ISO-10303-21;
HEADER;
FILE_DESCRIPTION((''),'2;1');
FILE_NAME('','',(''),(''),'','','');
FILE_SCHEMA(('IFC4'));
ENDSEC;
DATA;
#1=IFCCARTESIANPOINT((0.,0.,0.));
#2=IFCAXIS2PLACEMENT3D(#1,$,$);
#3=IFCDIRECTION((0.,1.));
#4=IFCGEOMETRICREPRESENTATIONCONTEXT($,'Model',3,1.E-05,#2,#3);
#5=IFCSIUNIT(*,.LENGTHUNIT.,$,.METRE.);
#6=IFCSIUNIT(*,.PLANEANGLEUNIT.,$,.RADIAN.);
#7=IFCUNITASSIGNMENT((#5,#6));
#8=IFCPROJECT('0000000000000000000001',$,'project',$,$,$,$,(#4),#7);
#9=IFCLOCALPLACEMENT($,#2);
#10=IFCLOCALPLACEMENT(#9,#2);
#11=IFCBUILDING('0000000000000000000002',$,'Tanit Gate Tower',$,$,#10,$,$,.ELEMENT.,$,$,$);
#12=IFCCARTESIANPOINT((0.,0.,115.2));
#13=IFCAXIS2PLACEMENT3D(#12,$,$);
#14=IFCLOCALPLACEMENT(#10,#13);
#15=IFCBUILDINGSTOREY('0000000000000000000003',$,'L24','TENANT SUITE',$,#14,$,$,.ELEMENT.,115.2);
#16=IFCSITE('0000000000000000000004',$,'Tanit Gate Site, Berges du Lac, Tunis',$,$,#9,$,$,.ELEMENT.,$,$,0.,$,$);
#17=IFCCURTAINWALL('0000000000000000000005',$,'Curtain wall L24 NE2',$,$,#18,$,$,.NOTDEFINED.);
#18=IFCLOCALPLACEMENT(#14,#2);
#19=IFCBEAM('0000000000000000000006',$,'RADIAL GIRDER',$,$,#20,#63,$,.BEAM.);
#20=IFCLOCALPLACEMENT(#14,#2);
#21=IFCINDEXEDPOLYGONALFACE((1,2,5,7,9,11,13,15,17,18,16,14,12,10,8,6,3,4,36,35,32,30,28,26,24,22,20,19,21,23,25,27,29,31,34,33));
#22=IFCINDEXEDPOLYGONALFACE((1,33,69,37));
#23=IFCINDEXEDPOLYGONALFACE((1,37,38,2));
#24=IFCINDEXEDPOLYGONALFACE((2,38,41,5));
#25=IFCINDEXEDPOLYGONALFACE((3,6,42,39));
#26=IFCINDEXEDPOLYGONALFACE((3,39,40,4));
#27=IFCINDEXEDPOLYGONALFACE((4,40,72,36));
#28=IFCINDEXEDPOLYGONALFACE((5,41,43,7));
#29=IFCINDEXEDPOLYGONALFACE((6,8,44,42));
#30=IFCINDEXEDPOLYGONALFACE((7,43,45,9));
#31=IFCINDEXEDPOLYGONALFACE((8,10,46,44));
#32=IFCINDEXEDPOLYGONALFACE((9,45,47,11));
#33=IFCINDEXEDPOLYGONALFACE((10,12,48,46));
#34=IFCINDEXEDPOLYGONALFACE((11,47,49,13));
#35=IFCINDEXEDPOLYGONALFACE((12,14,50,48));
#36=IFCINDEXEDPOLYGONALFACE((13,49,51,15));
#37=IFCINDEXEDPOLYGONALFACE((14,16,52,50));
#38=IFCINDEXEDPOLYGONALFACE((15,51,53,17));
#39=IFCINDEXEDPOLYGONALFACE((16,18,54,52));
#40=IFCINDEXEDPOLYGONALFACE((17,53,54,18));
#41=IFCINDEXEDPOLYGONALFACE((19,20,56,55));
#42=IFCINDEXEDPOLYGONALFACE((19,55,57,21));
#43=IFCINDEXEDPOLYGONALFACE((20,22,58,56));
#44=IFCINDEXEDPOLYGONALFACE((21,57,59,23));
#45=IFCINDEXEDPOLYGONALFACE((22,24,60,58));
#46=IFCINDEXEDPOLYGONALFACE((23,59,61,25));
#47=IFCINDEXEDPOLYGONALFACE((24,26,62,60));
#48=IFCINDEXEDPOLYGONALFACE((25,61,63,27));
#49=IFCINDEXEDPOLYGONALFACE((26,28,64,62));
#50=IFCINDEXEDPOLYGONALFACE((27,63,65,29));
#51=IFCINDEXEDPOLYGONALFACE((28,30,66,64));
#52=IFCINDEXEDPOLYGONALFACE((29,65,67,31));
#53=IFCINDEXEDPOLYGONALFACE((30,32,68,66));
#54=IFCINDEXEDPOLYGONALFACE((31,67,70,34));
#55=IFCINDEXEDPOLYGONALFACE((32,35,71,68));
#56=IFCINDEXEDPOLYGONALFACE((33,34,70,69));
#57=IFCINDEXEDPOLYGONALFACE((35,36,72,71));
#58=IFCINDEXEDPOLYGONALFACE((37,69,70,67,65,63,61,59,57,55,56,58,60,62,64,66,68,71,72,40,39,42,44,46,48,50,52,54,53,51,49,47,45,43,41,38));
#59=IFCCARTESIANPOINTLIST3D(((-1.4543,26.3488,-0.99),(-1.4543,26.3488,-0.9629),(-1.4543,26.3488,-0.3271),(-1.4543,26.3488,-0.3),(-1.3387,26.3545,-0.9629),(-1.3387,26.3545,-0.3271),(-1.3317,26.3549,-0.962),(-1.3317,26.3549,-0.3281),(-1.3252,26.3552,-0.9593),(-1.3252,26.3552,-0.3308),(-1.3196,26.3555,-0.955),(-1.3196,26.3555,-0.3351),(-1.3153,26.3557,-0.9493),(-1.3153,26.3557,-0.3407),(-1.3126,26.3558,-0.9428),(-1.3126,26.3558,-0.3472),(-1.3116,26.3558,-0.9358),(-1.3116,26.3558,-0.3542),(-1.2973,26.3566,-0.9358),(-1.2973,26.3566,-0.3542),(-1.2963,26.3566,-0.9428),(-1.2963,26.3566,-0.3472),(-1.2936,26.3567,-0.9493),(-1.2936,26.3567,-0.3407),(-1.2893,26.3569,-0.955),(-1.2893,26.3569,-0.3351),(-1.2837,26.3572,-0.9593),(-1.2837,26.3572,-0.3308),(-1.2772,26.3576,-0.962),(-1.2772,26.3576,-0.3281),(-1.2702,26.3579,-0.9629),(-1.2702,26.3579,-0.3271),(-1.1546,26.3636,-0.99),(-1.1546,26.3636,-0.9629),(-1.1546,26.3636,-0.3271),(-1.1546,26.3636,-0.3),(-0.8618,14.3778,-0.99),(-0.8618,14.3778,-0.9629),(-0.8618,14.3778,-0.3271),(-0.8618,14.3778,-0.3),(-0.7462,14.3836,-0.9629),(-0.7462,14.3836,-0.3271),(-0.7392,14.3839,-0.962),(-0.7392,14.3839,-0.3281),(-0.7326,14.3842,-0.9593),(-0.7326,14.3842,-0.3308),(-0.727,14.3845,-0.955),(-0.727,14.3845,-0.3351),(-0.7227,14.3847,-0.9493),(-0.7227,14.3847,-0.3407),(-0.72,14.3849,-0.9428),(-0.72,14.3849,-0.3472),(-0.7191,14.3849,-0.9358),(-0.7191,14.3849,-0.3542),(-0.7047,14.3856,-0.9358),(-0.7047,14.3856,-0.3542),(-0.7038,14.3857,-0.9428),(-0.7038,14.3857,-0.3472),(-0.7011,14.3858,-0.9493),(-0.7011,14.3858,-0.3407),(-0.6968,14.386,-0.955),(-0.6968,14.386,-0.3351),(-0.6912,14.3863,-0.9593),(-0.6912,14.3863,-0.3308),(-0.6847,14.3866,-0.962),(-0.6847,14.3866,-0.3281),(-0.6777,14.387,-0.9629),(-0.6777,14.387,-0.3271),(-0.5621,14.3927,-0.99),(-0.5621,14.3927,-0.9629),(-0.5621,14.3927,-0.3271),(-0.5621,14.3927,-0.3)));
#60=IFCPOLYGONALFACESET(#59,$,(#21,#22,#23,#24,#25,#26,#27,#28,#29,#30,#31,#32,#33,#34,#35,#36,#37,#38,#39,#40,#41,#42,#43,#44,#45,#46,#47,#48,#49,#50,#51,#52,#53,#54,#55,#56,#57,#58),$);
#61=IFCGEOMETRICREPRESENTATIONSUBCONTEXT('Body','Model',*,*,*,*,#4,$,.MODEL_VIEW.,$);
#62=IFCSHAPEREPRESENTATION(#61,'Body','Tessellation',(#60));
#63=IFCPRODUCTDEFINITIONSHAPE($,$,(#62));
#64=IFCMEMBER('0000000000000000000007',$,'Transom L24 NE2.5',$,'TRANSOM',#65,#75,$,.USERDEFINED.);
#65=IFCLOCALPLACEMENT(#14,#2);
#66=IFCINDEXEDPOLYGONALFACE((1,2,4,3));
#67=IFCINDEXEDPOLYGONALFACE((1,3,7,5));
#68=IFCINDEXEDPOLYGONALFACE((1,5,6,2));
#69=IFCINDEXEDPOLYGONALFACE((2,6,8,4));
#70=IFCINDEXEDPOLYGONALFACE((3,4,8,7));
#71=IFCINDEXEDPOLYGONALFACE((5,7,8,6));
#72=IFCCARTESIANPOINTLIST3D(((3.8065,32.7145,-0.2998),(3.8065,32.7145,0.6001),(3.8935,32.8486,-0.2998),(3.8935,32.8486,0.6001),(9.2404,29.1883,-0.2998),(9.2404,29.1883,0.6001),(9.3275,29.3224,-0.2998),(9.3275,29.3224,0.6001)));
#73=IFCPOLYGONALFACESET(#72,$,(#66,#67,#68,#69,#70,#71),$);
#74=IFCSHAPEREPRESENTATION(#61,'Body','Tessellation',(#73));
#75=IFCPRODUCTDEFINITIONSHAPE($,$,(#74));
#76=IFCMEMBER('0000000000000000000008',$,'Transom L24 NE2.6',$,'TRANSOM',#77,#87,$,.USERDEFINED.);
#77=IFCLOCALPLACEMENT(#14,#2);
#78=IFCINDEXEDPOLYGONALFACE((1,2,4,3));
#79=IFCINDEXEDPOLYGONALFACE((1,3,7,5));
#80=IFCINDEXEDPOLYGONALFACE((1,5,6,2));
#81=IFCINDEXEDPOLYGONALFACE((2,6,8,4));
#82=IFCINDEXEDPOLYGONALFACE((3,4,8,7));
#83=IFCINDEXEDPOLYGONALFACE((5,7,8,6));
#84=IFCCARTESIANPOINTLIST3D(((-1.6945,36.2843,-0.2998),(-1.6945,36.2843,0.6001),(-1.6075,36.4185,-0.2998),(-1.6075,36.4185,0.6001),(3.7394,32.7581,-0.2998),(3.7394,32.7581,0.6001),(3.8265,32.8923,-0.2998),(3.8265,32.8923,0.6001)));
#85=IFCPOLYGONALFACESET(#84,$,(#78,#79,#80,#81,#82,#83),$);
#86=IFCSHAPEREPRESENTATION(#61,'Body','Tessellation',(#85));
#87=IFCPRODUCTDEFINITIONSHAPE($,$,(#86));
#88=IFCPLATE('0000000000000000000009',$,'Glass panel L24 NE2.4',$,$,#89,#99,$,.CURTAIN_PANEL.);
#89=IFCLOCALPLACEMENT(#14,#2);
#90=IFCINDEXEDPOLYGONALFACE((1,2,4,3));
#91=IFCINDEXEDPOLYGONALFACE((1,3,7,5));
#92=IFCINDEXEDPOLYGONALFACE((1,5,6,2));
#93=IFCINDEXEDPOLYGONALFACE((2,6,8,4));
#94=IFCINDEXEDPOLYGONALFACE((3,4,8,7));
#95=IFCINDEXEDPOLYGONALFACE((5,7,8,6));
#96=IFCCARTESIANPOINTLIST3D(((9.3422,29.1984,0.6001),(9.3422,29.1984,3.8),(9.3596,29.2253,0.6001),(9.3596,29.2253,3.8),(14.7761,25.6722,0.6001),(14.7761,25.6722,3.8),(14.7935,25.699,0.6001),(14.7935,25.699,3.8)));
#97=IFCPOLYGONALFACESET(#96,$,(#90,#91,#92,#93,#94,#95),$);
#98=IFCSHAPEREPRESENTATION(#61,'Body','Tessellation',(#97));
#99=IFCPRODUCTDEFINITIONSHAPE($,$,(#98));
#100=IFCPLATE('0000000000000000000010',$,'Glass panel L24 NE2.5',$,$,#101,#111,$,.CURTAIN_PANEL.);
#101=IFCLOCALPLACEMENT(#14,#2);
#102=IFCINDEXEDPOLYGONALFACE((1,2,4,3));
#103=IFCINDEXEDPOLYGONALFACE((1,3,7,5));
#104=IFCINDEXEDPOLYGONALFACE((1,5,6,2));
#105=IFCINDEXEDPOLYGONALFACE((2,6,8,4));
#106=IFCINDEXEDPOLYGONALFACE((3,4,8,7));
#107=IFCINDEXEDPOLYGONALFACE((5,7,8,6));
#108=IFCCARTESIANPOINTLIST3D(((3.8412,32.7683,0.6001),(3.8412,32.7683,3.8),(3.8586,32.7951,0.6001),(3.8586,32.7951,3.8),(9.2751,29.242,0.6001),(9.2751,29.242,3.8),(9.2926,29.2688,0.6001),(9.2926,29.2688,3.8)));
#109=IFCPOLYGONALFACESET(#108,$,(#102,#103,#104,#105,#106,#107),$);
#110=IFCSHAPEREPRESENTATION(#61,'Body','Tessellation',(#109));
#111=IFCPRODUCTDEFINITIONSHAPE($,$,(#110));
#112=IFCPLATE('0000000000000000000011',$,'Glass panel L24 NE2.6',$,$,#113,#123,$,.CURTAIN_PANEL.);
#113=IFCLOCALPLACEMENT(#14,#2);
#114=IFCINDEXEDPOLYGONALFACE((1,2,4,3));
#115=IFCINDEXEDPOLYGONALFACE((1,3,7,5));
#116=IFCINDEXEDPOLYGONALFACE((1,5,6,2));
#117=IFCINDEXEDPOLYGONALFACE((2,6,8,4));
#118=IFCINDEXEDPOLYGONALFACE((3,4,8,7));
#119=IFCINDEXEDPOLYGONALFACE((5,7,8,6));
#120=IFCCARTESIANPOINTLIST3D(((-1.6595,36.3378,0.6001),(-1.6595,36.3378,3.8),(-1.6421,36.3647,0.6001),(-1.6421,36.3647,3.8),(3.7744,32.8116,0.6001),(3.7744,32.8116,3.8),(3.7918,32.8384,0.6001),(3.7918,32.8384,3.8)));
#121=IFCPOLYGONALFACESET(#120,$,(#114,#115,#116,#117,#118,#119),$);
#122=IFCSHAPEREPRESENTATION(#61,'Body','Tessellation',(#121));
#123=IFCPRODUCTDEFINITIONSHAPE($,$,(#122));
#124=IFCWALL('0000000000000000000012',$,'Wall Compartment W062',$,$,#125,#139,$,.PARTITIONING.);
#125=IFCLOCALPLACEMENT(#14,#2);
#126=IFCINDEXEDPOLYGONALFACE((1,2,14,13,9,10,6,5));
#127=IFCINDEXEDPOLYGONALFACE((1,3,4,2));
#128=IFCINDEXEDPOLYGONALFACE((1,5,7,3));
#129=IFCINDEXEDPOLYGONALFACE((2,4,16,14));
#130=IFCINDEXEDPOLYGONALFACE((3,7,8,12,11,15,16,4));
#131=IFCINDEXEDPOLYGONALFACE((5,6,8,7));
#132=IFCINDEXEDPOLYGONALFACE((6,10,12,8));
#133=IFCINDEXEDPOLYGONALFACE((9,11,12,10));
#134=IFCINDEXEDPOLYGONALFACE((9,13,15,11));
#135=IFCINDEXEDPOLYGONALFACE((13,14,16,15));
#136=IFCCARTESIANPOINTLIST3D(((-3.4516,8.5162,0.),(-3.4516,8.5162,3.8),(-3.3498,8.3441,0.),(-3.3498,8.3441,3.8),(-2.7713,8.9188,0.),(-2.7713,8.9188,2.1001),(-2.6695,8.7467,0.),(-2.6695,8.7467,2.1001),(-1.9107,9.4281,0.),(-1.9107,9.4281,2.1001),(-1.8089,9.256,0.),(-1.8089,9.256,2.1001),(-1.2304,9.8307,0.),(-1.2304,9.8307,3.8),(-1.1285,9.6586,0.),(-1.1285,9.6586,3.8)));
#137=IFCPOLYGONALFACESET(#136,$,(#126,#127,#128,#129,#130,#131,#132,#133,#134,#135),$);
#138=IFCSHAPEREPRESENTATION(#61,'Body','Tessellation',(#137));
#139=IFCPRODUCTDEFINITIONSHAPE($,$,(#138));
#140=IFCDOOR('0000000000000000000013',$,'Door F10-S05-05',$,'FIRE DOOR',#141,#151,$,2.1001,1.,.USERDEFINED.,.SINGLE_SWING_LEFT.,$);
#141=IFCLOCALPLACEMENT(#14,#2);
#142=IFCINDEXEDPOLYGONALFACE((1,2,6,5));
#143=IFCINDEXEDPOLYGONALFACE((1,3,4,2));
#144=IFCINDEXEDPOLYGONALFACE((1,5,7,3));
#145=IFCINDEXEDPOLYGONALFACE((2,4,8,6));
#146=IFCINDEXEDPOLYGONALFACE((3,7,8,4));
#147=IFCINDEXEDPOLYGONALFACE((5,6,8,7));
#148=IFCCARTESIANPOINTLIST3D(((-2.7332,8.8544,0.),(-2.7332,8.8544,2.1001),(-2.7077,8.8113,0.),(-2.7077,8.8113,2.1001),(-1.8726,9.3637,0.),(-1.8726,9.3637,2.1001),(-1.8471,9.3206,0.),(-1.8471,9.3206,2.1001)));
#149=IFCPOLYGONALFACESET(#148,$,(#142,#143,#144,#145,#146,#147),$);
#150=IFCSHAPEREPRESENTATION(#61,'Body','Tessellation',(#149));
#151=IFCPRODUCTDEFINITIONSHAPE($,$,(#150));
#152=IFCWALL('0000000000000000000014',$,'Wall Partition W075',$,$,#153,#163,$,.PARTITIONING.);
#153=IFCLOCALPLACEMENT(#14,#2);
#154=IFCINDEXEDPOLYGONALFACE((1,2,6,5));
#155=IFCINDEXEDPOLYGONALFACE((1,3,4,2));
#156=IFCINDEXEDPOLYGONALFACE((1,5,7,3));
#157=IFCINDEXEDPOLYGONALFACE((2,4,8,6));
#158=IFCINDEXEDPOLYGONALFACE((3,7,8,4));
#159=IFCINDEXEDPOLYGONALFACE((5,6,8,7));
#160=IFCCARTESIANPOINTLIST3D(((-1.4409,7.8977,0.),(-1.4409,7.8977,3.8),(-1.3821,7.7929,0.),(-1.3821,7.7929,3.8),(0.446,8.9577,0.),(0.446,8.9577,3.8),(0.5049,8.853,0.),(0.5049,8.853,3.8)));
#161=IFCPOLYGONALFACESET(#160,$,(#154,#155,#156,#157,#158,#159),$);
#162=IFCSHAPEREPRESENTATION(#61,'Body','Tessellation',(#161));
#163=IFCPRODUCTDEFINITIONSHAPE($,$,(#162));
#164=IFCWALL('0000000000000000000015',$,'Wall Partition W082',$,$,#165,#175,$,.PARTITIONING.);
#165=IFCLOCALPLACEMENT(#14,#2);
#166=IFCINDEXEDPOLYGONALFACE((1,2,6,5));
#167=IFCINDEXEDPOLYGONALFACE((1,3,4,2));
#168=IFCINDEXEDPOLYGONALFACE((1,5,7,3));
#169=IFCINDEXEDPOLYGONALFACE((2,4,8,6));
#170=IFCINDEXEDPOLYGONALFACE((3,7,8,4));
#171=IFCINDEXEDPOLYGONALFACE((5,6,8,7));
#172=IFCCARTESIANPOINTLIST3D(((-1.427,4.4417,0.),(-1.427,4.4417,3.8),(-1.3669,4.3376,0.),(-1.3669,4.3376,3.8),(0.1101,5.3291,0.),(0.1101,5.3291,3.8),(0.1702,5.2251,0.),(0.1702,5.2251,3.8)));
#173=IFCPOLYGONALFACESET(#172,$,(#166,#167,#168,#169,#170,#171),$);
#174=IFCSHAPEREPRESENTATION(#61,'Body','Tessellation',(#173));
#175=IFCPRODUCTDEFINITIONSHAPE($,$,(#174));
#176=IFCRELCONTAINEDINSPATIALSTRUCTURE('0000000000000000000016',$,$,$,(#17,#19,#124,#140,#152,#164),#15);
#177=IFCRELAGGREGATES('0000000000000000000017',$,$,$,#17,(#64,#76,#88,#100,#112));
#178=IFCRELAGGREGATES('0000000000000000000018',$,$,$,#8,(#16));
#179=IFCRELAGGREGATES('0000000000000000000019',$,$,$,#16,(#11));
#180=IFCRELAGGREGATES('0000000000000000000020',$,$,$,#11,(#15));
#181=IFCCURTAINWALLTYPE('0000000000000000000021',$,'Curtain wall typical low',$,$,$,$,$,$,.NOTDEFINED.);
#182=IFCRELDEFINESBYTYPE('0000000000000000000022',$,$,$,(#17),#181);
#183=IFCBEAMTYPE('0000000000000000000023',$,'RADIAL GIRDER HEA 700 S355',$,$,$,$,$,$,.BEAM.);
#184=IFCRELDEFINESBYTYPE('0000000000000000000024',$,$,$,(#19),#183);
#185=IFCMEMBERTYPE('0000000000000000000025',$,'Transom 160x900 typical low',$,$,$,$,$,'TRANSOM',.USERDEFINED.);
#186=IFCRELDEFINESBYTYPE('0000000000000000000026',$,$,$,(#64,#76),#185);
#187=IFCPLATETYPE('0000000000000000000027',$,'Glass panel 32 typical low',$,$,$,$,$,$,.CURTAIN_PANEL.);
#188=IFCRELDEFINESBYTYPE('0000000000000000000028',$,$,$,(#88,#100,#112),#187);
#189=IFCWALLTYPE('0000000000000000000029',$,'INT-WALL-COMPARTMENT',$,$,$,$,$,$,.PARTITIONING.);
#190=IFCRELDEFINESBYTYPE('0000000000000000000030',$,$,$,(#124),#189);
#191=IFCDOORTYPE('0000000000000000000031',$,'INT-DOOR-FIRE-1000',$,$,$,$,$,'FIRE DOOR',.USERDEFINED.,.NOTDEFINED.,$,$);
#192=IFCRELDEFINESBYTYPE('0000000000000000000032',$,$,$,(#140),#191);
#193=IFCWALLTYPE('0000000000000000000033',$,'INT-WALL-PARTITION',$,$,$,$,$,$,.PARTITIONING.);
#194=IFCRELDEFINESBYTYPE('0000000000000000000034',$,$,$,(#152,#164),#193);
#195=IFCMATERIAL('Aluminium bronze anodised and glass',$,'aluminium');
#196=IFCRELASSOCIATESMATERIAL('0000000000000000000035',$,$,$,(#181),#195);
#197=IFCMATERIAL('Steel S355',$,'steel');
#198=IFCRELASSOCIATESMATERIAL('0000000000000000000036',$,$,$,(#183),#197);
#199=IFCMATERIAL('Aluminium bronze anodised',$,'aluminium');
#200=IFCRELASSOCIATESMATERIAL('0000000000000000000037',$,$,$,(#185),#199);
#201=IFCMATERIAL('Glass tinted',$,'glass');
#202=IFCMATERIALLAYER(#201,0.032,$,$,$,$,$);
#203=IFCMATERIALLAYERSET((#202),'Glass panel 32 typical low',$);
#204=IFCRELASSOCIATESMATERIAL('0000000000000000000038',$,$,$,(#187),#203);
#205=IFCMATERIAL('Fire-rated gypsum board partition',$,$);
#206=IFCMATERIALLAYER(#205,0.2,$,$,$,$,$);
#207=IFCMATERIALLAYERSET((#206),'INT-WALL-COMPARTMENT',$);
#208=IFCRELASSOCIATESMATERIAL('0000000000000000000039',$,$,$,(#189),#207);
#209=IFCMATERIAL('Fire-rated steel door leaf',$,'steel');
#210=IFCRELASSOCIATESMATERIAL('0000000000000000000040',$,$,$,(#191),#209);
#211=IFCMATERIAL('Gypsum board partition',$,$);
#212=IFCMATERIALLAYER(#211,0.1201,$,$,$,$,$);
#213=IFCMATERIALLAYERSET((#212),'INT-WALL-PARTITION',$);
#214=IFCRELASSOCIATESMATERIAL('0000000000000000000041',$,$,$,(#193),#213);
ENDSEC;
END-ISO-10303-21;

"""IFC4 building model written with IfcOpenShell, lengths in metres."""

from ifc_helpers import new_model, si_unit, direction, frame, frame_2d, origin, origin_2d, place, context, subcontext, project, spatial, rectangle, i_section, extrude, material, layer, layer_set, material_profile, profile_set, type_object, element, fill, aggregate, save


model = new_model("IFC4")

# Units and contexts
model_context = context("Model", 3, precision=1e-05, world=origin(), true_north=direction((0.0, 1.0)))
body_context = subcontext(model_context, "Body", "Model", "MODEL_VIEW")
ifc_project = project(units=[si_unit("LENGTHUNIT", "METRE"), si_unit("PLANEANGLEUNIT", "RADIAN")], contexts=[model_context])

# Site, building, storey
site_placement = place(None, origin())
site = spatial("IfcSite", under=ifc_project, at=site_placement, Name="Tanit Gate Site, Berges du Lac, Tunis", CompositionType="ELEMENT", RefElevation=0.0)
building_placement = place(site_placement, origin())
building = spatial("IfcBuilding", under=site, at=building_placement, Name="Tanit Gate Tower", CompositionType="ELEMENT")
storey_placement = place(building_placement, frame((0.0, 0.0, 115.2)))
storey = spatial("IfcBuildingStorey", under=building, at=storey_placement, Name="L24", Description="TENANT SUITE", CompositionType="ELEMENT", Elevation=115.2)

# Curtain wall
ifc_material_1 = material(Name="Aluminium bronze anodised and glass", Category="aluminium")
curtain_wall_type = type_object("IfcCurtainWallType", Name="Curtain wall typical low", PredefinedType="NOTDEFINED", material=ifc_material_1)
curtain_wall_placement = place(storey_placement, origin())
curtain_wall = element("IfcCurtainWall", 1, at=curtain_wall_placement, inside=storey, type_object=curtain_wall_type, Name="Curtain wall L24 NE2", PredefinedType="NOTDEFINED")

# Beam
ifc_material_2 = material(Name="Steel S355", Category="steel")
ifc_material_profile_1 = material_profile(ifc_material_2, i_section(OverallWidth=0.3, OverallDepth=0.6899, WebThickness=0.0144, FlangeThickness=0.0271, FilletRadius=0.0271, at=origin_2d()), Name="HEA 700")
ifc_profile_set_1 = profile_set([ifc_material_profile_1], Name="Steel S355")
beam_type = type_object("IfcBeamType", Name="RADIAL GIRDER HEA 700 S355", PredefinedType="BEAM", material=ifc_profile_set_1)
beam_1_placement = place(storey_placement, frame((-1.3044, 26.3562, -0.645), z_axis=(0.049437, -0.998777, 0.0), x_axis=(0.998777, 0.049437, 0.0)))
element("IfcBeam", 2, at=beam_1_placement, inside=storey, type_object=beam_type, Name="RADIAL GIRDER", PredefinedType="BEAM", context=body_context, shape_type="SweptSolid", body=[
    extrude(i_section(OverallWidth=0.3, OverallDepth=0.6899, WebThickness=0.0144, FlangeThickness=0.0271, FilletRadius=0.0271, at=origin_2d()), origin(), (0.0, 0.0, 1.0), 11.9856),
])

# Members
ifc_material_3 = material(Name="Aluminium bronze anodised", Category="aluminium")
ifc_material_profile_2 = material_profile(ifc_material_3, rectangle(XDim=0.1599, YDim=0.8999, at=origin_2d()), Name="160x900 bronze transom")
ifc_profile_set_2 = profile_set([ifc_material_profile_2], Name="Aluminium bronze anodised")
member_type_1 = type_object("IfcMemberType", Name="Transom 160x900 typical low", ElementType="TRANSOM", PredefinedType="USERDEFINED", material=ifc_profile_set_2)
member_1_placement = place(storey_placement, frame((9.2839, 29.2554, 0.1501), z_axis=(-0.838858, 0.544351, 0.0), x_axis=(-0.544351, -0.838858, 0.0)))
member_1 = element("IfcMember", 3, at=member_1_placement, type_object=member_type_1, Name="Transom L24 NE2.5", ObjectType="TRANSOM", PredefinedType="USERDEFINED", context=body_context, shape_type="SweptSolid", body=[
    extrude(rectangle(XDim=0.1599, YDim=0.8999, at=origin_2d()), origin(), (0.0, 0.0, 1.0), 6.4778),
])
member_2_placement = place(storey_placement, frame((3.783, 32.8252, 0.1501), z_axis=(-0.838858, 0.544351, 0.0), x_axis=(-0.544351, -0.838858, 0.0)))
member_2 = element("IfcMember", 4, at=member_2_placement, type_object=member_type_1, Name="Transom L24 NE2.6", ObjectType="TRANSOM", PredefinedType="USERDEFINED", context=body_context, shape_type="SweptSolid", body=[
    extrude(rectangle(XDim=0.1599, YDim=0.8999, at=origin_2d()), origin(), (0.0, 0.0, 1.0), 6.4778),
])

# Plates
ifc_material_4 = material(Name="Glass tinted", Category="glass")
ifc_layer_1 = layer(ifc_material_4, 0.032)
ifc_layer_set_1 = layer_set([ifc_layer_1], Name="Glass panel 32 typical low")
plate_type = type_object("IfcPlateType", Name="Glass panel 32 typical low", PredefinedType="CURTAIN_PANEL", material=ifc_layer_set_1)
plate_1_placement = place(storey_placement, frame((12.0679, 27.4487, 0.6001), z_axis=(0.0, 0.0, 1.0), x_axis=(-0.838852, 0.544359, 0.0)))
plate_1 = element("IfcPlate", 5, at=plate_1_placement, type_object=plate_type, Name="Glass panel L24 NE2.4", PredefinedType="CURTAIN_PANEL", context=body_context, shape_type="SweptSolid", body=[
    extrude(rectangle(XDim=6.4778, YDim=0.032, at=origin_2d()), origin(), (0.0, 0.0, 1.0), 3.2),
])
plate_2_placement = place(storey_placement, frame((6.5669, 31.0186, 0.6001), z_axis=(0.0, 0.0, 1.0), x_axis=(-0.838852, 0.544359, 0.0)))
plate_2 = element("IfcPlate", 6, at=plate_2_placement, type_object=plate_type, Name="Glass panel L24 NE2.5", PredefinedType="CURTAIN_PANEL", context=body_context, shape_type="SweptSolid", body=[
    extrude(rectangle(XDim=6.4778, YDim=0.032, at=origin_2d()), origin(), (0.0, 0.0, 1.0), 3.2),
])
plate_3_placement = place(storey_placement, frame((1.0662, 34.5881, 0.6001), z_axis=(0.0, 0.0, 1.0), x_axis=(-0.838852, 0.544359, 0.0)))
plate_3 = element("IfcPlate", 7, at=plate_3_placement, type_object=plate_type, Name="Glass panel L24 NE2.6", PredefinedType="CURTAIN_PANEL", context=body_context, shape_type="SweptSolid", body=[
    extrude(rectangle(XDim=6.4778, YDim=0.032, at=origin_2d()), origin(), (0.0, 0.0, 1.0), 3.2),
])
aggregate(curtain_wall, [member_1, member_2, plate_1, plate_2, plate_3])

# Wall, opening, door
ifc_material_5 = material(Name="Fire-rated gypsum board partition")
ifc_layer_2 = layer(ifc_material_5, 0.2)
ifc_layer_set_2 = layer_set([ifc_layer_2], Name="INT-WALL-COMPARTMENT")
wall_type_1 = type_object("IfcWallType", Name="INT-WALL-COMPARTMENT", PredefinedType="PARTITIONING", material=ifc_layer_set_2)
wall_1_placement = place(storey_placement, frame((-1.1794, 9.7446, 0.0), z_axis=(0.0, 0.0, 1.0), x_axis=(-0.860599, -0.509284, 0.0)))
wall_1 = element("IfcWall", 8, at=wall_1_placement, inside=storey, type_object=wall_type_1, Name="Wall Compartment W062", PredefinedType="PARTITIONING", context=body_context, shape_type="SweptSolid", body=[
    extrude(rectangle(XDim=2.5811, YDim=0.2, at=frame_2d((1.2905, 0.0))), origin(), (0.0, 0.0, 1.0), 3.8),
])
opening_placement = place(wall_1_placement, frame((0.7905, 0.0, 0.0)))
opening = element("IfcOpeningElement", 9, at=opening_placement, cuts=wall_1, PredefinedType="OPENING", context=body_context, shape_type="SweptSolid", body=[
    extrude(rectangle(XDim=1.0, YDim=2.1001, at=frame_2d((0.5, 1.05))), frame((0.0, 0.1099, 0.0), z_axis=(0.0, -1.0, 0.0), x_axis=(1.0, 0.0, 0.0)), (0.0, 0.0, 1.0), 0.22),
])
ifc_material_6 = material(Name="Fire-rated steel door leaf", Category="steel")
door_type = type_object("IfcDoorType", Name="INT-DOOR-FIRE-1000", ElementType="FIRE DOOR", OperationType="NOTDEFINED", PredefinedType="USERDEFINED", material=ifc_material_6)
door_placement = place(opening_placement, origin())
door = element("IfcDoor", 10, at=door_placement, inside=storey, type_object=door_type, Name="Door F10-S05-05", ObjectType="FIRE DOOR", OperationType="SINGLE_SWING_LEFT", OverallHeight=2.1001, OverallWidth=1.0, PredefinedType="USERDEFINED", context=body_context, shape_type="SweptSolid", body=[
    extrude(rectangle(XDim=1.0, YDim=2.1001, at=frame_2d((0.5, 1.05))), frame((0.0, 0.0249, 0.0), z_axis=(0.0, -1.0, 0.0), x_axis=(1.0, 0.0, 0.0)), (0.0, 0.0, 1.0), 0.05),
])
fill(opening, door)

# Walls
ifc_material_7 = material(Name="Gypsum board partition")
ifc_layer_3 = layer(ifc_material_7, 0.1201)
ifc_layer_set_3 = layer_set([ifc_layer_3], Name="INT-WALL-PARTITION")
wall_type_2 = type_object("IfcWallType", Name="INT-WALL-PARTITION", PredefinedType="PARTITIONING", material=ifc_layer_set_3)
wall_2_placement = place(storey_placement, frame((0.4753, 8.9053, 0.0), z_axis=(0.0, 0.0, 1.0), x_axis=(-0.871844, -0.489785, 0.0)))
element("IfcWall", 11, at=wall_2_placement, inside=storey, type_object=wall_type_2, Name="Wall Partition W075", PredefinedType="PARTITIONING", context=body_context, shape_type="SweptSolid", body=[
    extrude(rectangle(XDim=2.1643, YDim=0.1201, at=frame_2d((1.082, 0.0))), origin(), (0.0, 0.0, 1.0), 3.8),
])
wall_3_placement = place(storey_placement, frame((0.1401, 5.2771, 0.0), z_axis=(0.0, 0.0, 1.0), x_axis=(-0.866025, -0.5, 0.0)))
element("IfcWall", 12, at=wall_3_placement, inside=storey, type_object=wall_type_2, Name="Wall Partition W082", PredefinedType="PARTITIONING", context=body_context, shape_type="SweptSolid", body=[
    extrude(rectangle(XDim=1.7749, YDim=0.1201, at=frame_2d((0.8875, 0.0))), origin(), (0.0, 0.0, 1.0), 3.8),
])

save(model, "model.ifc")
